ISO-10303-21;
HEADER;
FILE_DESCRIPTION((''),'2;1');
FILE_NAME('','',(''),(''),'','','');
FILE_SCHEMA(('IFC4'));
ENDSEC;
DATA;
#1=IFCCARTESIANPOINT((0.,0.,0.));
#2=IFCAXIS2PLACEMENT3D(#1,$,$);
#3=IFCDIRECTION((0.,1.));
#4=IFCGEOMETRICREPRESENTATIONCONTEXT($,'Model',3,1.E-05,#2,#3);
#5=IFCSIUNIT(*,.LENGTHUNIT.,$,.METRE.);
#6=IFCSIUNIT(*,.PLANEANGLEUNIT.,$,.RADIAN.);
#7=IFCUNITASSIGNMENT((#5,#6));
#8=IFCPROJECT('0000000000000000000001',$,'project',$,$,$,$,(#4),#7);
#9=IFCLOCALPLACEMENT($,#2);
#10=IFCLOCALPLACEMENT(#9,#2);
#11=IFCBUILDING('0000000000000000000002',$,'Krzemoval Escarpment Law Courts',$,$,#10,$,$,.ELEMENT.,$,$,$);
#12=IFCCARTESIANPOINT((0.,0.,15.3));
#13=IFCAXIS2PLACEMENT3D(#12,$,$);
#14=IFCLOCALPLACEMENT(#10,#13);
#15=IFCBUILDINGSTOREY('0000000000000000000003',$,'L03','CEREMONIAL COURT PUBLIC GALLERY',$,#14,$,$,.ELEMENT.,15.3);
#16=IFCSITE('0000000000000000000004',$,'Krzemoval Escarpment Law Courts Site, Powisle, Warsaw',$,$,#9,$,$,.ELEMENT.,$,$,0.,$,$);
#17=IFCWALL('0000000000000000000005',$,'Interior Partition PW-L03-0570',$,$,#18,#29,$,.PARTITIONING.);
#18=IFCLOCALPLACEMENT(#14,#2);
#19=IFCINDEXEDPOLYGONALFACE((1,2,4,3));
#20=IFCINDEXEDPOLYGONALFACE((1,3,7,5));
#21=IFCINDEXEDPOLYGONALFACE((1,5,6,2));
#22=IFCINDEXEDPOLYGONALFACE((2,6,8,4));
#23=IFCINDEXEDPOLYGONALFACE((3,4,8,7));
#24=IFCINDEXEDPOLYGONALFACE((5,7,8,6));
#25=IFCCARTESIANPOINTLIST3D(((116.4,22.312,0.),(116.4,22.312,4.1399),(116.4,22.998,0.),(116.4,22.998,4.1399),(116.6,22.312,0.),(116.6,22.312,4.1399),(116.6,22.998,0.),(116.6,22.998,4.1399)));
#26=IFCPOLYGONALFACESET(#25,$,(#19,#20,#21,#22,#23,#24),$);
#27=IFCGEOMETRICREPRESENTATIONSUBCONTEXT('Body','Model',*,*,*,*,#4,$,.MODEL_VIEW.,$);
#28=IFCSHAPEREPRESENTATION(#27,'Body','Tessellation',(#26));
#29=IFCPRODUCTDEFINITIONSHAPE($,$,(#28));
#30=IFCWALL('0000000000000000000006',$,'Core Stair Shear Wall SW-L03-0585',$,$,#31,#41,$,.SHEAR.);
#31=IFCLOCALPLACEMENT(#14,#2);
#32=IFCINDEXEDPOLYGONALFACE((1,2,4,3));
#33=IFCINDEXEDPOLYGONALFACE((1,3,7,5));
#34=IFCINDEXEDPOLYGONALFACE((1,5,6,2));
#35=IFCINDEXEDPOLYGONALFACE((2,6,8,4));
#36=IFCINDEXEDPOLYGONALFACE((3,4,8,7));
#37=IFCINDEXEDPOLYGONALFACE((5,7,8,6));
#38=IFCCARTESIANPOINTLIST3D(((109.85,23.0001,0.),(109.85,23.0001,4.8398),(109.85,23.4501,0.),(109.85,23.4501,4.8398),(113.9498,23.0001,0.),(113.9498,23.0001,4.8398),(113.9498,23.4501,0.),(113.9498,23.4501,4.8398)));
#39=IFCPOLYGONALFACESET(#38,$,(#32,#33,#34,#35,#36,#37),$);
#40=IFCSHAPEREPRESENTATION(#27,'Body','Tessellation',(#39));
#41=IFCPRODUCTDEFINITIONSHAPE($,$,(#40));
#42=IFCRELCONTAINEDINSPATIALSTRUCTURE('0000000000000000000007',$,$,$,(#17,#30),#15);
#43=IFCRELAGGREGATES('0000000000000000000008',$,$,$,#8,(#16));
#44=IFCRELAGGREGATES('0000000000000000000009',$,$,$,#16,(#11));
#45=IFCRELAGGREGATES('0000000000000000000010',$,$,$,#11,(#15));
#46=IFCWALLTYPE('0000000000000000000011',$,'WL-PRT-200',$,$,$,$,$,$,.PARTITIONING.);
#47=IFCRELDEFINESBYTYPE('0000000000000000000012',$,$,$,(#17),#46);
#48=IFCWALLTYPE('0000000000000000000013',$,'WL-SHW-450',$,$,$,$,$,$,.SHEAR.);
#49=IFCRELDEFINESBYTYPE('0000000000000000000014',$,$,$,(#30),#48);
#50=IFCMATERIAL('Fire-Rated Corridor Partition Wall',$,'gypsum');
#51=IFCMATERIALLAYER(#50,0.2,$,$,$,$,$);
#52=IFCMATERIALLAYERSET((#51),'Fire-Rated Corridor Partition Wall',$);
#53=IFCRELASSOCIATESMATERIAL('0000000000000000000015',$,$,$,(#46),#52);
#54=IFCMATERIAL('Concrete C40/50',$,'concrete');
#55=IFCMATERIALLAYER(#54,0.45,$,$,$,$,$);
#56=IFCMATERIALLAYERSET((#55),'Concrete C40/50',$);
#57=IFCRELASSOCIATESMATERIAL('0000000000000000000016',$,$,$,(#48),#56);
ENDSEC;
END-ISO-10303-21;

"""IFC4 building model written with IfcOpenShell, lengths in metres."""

from ifc_helpers import new_model, si_unit, direction, frame, frame_2d, origin, place, context, subcontext, project, spatial, rectangle, extrude, material, layer, layer_set, type_object, element, save


model = new_model("IFC4")

# Units and contexts
model_context = context("Model", 3, precision=1e-05, world=origin(), true_north=direction((0.0, 1.0)))
body_context = subcontext(model_context, "Body", "Model", "MODEL_VIEW")
ifc_project = project(units=[si_unit("LENGTHUNIT", "METRE"), si_unit("PLANEANGLEUNIT", "RADIAN")], contexts=[model_context])

# Site, building, storey
site_placement = place(None, origin())
site = spatial("IfcSite", under=ifc_project, at=site_placement, Name="Krzemoval Escarpment Law Courts Site, Powisle, Warsaw", CompositionType="ELEMENT", RefElevation=0.0)
building_placement = place(site_placement, origin())
building = spatial("IfcBuilding", under=site, at=building_placement, Name="Krzemoval Escarpment Law Courts", CompositionType="ELEMENT")
storey_placement = place(building_placement, frame((0.0, 0.0, 15.3)))
storey = spatial("IfcBuildingStorey", under=building, at=storey_placement, Name="L03", Description="CEREMONIAL COURT PUBLIC GALLERY", CompositionType="ELEMENT", Elevation=15.3)

# Walls
ifc_material_1 = material(Name="Fire-Rated Corridor Partition Wall", Category="gypsum")
ifc_layer_1 = layer(ifc_material_1, 0.2)
ifc_layer_set_1 = layer_set([ifc_layer_1], Name="Fire-Rated Corridor Partition Wall")
wall_type_1 = type_object("IfcWallType", Name="WL-PRT-200", PredefinedType="PARTITIONING", material=ifc_layer_set_1)
wall_1_placement = place(storey_placement, frame((116.5, 22.312, 0.0), z_axis=(0.0, 0.0, 1.0), x_axis=(0.0, 1.0, 0.0)))
element("IfcWall", 1, at=wall_1_placement, inside=storey, type_object=wall_type_1, Name="Interior Partition PW-L03-0570", PredefinedType="PARTITIONING", context=body_context, shape_type="SweptSolid", body=[
    extrude(rectangle(XDim=0.686, YDim=0.2, at=frame_2d((0.343, 0.0))), origin(), (0.0, 0.0, 1.0), 4.1399),
])
ifc_material_2 = material(Name="Concrete C40/50", Category="concrete")
ifc_layer_2 = layer(ifc_material_2, 0.45)
ifc_layer_set_2 = layer_set([ifc_layer_2], Name="Concrete C40/50")
wall_type_2 = type_object("IfcWallType", Name="WL-SHW-450", PredefinedType="SHEAR", material=ifc_layer_set_2)
wall_2_placement = place(storey_placement, frame((109.8501, 23.2251, 0.0), z_axis=(0.0, 0.0, 1.0), x_axis=(1.0, 0.0, 0.0)))
element("IfcWall", 2, at=wall_2_placement, inside=storey, type_object=wall_type_2, Name="Core Stair Shear Wall SW-L03-0585", PredefinedType="SHEAR", context=body_context, shape_type="SweptSolid", body=[
    extrude(rectangle(XDim=4.0999, YDim=0.45, at=frame_2d((2.0498, 0.0))), origin(), (0.0, 0.0, 1.0), 4.8398),
])

save(model, "model.ifc")
